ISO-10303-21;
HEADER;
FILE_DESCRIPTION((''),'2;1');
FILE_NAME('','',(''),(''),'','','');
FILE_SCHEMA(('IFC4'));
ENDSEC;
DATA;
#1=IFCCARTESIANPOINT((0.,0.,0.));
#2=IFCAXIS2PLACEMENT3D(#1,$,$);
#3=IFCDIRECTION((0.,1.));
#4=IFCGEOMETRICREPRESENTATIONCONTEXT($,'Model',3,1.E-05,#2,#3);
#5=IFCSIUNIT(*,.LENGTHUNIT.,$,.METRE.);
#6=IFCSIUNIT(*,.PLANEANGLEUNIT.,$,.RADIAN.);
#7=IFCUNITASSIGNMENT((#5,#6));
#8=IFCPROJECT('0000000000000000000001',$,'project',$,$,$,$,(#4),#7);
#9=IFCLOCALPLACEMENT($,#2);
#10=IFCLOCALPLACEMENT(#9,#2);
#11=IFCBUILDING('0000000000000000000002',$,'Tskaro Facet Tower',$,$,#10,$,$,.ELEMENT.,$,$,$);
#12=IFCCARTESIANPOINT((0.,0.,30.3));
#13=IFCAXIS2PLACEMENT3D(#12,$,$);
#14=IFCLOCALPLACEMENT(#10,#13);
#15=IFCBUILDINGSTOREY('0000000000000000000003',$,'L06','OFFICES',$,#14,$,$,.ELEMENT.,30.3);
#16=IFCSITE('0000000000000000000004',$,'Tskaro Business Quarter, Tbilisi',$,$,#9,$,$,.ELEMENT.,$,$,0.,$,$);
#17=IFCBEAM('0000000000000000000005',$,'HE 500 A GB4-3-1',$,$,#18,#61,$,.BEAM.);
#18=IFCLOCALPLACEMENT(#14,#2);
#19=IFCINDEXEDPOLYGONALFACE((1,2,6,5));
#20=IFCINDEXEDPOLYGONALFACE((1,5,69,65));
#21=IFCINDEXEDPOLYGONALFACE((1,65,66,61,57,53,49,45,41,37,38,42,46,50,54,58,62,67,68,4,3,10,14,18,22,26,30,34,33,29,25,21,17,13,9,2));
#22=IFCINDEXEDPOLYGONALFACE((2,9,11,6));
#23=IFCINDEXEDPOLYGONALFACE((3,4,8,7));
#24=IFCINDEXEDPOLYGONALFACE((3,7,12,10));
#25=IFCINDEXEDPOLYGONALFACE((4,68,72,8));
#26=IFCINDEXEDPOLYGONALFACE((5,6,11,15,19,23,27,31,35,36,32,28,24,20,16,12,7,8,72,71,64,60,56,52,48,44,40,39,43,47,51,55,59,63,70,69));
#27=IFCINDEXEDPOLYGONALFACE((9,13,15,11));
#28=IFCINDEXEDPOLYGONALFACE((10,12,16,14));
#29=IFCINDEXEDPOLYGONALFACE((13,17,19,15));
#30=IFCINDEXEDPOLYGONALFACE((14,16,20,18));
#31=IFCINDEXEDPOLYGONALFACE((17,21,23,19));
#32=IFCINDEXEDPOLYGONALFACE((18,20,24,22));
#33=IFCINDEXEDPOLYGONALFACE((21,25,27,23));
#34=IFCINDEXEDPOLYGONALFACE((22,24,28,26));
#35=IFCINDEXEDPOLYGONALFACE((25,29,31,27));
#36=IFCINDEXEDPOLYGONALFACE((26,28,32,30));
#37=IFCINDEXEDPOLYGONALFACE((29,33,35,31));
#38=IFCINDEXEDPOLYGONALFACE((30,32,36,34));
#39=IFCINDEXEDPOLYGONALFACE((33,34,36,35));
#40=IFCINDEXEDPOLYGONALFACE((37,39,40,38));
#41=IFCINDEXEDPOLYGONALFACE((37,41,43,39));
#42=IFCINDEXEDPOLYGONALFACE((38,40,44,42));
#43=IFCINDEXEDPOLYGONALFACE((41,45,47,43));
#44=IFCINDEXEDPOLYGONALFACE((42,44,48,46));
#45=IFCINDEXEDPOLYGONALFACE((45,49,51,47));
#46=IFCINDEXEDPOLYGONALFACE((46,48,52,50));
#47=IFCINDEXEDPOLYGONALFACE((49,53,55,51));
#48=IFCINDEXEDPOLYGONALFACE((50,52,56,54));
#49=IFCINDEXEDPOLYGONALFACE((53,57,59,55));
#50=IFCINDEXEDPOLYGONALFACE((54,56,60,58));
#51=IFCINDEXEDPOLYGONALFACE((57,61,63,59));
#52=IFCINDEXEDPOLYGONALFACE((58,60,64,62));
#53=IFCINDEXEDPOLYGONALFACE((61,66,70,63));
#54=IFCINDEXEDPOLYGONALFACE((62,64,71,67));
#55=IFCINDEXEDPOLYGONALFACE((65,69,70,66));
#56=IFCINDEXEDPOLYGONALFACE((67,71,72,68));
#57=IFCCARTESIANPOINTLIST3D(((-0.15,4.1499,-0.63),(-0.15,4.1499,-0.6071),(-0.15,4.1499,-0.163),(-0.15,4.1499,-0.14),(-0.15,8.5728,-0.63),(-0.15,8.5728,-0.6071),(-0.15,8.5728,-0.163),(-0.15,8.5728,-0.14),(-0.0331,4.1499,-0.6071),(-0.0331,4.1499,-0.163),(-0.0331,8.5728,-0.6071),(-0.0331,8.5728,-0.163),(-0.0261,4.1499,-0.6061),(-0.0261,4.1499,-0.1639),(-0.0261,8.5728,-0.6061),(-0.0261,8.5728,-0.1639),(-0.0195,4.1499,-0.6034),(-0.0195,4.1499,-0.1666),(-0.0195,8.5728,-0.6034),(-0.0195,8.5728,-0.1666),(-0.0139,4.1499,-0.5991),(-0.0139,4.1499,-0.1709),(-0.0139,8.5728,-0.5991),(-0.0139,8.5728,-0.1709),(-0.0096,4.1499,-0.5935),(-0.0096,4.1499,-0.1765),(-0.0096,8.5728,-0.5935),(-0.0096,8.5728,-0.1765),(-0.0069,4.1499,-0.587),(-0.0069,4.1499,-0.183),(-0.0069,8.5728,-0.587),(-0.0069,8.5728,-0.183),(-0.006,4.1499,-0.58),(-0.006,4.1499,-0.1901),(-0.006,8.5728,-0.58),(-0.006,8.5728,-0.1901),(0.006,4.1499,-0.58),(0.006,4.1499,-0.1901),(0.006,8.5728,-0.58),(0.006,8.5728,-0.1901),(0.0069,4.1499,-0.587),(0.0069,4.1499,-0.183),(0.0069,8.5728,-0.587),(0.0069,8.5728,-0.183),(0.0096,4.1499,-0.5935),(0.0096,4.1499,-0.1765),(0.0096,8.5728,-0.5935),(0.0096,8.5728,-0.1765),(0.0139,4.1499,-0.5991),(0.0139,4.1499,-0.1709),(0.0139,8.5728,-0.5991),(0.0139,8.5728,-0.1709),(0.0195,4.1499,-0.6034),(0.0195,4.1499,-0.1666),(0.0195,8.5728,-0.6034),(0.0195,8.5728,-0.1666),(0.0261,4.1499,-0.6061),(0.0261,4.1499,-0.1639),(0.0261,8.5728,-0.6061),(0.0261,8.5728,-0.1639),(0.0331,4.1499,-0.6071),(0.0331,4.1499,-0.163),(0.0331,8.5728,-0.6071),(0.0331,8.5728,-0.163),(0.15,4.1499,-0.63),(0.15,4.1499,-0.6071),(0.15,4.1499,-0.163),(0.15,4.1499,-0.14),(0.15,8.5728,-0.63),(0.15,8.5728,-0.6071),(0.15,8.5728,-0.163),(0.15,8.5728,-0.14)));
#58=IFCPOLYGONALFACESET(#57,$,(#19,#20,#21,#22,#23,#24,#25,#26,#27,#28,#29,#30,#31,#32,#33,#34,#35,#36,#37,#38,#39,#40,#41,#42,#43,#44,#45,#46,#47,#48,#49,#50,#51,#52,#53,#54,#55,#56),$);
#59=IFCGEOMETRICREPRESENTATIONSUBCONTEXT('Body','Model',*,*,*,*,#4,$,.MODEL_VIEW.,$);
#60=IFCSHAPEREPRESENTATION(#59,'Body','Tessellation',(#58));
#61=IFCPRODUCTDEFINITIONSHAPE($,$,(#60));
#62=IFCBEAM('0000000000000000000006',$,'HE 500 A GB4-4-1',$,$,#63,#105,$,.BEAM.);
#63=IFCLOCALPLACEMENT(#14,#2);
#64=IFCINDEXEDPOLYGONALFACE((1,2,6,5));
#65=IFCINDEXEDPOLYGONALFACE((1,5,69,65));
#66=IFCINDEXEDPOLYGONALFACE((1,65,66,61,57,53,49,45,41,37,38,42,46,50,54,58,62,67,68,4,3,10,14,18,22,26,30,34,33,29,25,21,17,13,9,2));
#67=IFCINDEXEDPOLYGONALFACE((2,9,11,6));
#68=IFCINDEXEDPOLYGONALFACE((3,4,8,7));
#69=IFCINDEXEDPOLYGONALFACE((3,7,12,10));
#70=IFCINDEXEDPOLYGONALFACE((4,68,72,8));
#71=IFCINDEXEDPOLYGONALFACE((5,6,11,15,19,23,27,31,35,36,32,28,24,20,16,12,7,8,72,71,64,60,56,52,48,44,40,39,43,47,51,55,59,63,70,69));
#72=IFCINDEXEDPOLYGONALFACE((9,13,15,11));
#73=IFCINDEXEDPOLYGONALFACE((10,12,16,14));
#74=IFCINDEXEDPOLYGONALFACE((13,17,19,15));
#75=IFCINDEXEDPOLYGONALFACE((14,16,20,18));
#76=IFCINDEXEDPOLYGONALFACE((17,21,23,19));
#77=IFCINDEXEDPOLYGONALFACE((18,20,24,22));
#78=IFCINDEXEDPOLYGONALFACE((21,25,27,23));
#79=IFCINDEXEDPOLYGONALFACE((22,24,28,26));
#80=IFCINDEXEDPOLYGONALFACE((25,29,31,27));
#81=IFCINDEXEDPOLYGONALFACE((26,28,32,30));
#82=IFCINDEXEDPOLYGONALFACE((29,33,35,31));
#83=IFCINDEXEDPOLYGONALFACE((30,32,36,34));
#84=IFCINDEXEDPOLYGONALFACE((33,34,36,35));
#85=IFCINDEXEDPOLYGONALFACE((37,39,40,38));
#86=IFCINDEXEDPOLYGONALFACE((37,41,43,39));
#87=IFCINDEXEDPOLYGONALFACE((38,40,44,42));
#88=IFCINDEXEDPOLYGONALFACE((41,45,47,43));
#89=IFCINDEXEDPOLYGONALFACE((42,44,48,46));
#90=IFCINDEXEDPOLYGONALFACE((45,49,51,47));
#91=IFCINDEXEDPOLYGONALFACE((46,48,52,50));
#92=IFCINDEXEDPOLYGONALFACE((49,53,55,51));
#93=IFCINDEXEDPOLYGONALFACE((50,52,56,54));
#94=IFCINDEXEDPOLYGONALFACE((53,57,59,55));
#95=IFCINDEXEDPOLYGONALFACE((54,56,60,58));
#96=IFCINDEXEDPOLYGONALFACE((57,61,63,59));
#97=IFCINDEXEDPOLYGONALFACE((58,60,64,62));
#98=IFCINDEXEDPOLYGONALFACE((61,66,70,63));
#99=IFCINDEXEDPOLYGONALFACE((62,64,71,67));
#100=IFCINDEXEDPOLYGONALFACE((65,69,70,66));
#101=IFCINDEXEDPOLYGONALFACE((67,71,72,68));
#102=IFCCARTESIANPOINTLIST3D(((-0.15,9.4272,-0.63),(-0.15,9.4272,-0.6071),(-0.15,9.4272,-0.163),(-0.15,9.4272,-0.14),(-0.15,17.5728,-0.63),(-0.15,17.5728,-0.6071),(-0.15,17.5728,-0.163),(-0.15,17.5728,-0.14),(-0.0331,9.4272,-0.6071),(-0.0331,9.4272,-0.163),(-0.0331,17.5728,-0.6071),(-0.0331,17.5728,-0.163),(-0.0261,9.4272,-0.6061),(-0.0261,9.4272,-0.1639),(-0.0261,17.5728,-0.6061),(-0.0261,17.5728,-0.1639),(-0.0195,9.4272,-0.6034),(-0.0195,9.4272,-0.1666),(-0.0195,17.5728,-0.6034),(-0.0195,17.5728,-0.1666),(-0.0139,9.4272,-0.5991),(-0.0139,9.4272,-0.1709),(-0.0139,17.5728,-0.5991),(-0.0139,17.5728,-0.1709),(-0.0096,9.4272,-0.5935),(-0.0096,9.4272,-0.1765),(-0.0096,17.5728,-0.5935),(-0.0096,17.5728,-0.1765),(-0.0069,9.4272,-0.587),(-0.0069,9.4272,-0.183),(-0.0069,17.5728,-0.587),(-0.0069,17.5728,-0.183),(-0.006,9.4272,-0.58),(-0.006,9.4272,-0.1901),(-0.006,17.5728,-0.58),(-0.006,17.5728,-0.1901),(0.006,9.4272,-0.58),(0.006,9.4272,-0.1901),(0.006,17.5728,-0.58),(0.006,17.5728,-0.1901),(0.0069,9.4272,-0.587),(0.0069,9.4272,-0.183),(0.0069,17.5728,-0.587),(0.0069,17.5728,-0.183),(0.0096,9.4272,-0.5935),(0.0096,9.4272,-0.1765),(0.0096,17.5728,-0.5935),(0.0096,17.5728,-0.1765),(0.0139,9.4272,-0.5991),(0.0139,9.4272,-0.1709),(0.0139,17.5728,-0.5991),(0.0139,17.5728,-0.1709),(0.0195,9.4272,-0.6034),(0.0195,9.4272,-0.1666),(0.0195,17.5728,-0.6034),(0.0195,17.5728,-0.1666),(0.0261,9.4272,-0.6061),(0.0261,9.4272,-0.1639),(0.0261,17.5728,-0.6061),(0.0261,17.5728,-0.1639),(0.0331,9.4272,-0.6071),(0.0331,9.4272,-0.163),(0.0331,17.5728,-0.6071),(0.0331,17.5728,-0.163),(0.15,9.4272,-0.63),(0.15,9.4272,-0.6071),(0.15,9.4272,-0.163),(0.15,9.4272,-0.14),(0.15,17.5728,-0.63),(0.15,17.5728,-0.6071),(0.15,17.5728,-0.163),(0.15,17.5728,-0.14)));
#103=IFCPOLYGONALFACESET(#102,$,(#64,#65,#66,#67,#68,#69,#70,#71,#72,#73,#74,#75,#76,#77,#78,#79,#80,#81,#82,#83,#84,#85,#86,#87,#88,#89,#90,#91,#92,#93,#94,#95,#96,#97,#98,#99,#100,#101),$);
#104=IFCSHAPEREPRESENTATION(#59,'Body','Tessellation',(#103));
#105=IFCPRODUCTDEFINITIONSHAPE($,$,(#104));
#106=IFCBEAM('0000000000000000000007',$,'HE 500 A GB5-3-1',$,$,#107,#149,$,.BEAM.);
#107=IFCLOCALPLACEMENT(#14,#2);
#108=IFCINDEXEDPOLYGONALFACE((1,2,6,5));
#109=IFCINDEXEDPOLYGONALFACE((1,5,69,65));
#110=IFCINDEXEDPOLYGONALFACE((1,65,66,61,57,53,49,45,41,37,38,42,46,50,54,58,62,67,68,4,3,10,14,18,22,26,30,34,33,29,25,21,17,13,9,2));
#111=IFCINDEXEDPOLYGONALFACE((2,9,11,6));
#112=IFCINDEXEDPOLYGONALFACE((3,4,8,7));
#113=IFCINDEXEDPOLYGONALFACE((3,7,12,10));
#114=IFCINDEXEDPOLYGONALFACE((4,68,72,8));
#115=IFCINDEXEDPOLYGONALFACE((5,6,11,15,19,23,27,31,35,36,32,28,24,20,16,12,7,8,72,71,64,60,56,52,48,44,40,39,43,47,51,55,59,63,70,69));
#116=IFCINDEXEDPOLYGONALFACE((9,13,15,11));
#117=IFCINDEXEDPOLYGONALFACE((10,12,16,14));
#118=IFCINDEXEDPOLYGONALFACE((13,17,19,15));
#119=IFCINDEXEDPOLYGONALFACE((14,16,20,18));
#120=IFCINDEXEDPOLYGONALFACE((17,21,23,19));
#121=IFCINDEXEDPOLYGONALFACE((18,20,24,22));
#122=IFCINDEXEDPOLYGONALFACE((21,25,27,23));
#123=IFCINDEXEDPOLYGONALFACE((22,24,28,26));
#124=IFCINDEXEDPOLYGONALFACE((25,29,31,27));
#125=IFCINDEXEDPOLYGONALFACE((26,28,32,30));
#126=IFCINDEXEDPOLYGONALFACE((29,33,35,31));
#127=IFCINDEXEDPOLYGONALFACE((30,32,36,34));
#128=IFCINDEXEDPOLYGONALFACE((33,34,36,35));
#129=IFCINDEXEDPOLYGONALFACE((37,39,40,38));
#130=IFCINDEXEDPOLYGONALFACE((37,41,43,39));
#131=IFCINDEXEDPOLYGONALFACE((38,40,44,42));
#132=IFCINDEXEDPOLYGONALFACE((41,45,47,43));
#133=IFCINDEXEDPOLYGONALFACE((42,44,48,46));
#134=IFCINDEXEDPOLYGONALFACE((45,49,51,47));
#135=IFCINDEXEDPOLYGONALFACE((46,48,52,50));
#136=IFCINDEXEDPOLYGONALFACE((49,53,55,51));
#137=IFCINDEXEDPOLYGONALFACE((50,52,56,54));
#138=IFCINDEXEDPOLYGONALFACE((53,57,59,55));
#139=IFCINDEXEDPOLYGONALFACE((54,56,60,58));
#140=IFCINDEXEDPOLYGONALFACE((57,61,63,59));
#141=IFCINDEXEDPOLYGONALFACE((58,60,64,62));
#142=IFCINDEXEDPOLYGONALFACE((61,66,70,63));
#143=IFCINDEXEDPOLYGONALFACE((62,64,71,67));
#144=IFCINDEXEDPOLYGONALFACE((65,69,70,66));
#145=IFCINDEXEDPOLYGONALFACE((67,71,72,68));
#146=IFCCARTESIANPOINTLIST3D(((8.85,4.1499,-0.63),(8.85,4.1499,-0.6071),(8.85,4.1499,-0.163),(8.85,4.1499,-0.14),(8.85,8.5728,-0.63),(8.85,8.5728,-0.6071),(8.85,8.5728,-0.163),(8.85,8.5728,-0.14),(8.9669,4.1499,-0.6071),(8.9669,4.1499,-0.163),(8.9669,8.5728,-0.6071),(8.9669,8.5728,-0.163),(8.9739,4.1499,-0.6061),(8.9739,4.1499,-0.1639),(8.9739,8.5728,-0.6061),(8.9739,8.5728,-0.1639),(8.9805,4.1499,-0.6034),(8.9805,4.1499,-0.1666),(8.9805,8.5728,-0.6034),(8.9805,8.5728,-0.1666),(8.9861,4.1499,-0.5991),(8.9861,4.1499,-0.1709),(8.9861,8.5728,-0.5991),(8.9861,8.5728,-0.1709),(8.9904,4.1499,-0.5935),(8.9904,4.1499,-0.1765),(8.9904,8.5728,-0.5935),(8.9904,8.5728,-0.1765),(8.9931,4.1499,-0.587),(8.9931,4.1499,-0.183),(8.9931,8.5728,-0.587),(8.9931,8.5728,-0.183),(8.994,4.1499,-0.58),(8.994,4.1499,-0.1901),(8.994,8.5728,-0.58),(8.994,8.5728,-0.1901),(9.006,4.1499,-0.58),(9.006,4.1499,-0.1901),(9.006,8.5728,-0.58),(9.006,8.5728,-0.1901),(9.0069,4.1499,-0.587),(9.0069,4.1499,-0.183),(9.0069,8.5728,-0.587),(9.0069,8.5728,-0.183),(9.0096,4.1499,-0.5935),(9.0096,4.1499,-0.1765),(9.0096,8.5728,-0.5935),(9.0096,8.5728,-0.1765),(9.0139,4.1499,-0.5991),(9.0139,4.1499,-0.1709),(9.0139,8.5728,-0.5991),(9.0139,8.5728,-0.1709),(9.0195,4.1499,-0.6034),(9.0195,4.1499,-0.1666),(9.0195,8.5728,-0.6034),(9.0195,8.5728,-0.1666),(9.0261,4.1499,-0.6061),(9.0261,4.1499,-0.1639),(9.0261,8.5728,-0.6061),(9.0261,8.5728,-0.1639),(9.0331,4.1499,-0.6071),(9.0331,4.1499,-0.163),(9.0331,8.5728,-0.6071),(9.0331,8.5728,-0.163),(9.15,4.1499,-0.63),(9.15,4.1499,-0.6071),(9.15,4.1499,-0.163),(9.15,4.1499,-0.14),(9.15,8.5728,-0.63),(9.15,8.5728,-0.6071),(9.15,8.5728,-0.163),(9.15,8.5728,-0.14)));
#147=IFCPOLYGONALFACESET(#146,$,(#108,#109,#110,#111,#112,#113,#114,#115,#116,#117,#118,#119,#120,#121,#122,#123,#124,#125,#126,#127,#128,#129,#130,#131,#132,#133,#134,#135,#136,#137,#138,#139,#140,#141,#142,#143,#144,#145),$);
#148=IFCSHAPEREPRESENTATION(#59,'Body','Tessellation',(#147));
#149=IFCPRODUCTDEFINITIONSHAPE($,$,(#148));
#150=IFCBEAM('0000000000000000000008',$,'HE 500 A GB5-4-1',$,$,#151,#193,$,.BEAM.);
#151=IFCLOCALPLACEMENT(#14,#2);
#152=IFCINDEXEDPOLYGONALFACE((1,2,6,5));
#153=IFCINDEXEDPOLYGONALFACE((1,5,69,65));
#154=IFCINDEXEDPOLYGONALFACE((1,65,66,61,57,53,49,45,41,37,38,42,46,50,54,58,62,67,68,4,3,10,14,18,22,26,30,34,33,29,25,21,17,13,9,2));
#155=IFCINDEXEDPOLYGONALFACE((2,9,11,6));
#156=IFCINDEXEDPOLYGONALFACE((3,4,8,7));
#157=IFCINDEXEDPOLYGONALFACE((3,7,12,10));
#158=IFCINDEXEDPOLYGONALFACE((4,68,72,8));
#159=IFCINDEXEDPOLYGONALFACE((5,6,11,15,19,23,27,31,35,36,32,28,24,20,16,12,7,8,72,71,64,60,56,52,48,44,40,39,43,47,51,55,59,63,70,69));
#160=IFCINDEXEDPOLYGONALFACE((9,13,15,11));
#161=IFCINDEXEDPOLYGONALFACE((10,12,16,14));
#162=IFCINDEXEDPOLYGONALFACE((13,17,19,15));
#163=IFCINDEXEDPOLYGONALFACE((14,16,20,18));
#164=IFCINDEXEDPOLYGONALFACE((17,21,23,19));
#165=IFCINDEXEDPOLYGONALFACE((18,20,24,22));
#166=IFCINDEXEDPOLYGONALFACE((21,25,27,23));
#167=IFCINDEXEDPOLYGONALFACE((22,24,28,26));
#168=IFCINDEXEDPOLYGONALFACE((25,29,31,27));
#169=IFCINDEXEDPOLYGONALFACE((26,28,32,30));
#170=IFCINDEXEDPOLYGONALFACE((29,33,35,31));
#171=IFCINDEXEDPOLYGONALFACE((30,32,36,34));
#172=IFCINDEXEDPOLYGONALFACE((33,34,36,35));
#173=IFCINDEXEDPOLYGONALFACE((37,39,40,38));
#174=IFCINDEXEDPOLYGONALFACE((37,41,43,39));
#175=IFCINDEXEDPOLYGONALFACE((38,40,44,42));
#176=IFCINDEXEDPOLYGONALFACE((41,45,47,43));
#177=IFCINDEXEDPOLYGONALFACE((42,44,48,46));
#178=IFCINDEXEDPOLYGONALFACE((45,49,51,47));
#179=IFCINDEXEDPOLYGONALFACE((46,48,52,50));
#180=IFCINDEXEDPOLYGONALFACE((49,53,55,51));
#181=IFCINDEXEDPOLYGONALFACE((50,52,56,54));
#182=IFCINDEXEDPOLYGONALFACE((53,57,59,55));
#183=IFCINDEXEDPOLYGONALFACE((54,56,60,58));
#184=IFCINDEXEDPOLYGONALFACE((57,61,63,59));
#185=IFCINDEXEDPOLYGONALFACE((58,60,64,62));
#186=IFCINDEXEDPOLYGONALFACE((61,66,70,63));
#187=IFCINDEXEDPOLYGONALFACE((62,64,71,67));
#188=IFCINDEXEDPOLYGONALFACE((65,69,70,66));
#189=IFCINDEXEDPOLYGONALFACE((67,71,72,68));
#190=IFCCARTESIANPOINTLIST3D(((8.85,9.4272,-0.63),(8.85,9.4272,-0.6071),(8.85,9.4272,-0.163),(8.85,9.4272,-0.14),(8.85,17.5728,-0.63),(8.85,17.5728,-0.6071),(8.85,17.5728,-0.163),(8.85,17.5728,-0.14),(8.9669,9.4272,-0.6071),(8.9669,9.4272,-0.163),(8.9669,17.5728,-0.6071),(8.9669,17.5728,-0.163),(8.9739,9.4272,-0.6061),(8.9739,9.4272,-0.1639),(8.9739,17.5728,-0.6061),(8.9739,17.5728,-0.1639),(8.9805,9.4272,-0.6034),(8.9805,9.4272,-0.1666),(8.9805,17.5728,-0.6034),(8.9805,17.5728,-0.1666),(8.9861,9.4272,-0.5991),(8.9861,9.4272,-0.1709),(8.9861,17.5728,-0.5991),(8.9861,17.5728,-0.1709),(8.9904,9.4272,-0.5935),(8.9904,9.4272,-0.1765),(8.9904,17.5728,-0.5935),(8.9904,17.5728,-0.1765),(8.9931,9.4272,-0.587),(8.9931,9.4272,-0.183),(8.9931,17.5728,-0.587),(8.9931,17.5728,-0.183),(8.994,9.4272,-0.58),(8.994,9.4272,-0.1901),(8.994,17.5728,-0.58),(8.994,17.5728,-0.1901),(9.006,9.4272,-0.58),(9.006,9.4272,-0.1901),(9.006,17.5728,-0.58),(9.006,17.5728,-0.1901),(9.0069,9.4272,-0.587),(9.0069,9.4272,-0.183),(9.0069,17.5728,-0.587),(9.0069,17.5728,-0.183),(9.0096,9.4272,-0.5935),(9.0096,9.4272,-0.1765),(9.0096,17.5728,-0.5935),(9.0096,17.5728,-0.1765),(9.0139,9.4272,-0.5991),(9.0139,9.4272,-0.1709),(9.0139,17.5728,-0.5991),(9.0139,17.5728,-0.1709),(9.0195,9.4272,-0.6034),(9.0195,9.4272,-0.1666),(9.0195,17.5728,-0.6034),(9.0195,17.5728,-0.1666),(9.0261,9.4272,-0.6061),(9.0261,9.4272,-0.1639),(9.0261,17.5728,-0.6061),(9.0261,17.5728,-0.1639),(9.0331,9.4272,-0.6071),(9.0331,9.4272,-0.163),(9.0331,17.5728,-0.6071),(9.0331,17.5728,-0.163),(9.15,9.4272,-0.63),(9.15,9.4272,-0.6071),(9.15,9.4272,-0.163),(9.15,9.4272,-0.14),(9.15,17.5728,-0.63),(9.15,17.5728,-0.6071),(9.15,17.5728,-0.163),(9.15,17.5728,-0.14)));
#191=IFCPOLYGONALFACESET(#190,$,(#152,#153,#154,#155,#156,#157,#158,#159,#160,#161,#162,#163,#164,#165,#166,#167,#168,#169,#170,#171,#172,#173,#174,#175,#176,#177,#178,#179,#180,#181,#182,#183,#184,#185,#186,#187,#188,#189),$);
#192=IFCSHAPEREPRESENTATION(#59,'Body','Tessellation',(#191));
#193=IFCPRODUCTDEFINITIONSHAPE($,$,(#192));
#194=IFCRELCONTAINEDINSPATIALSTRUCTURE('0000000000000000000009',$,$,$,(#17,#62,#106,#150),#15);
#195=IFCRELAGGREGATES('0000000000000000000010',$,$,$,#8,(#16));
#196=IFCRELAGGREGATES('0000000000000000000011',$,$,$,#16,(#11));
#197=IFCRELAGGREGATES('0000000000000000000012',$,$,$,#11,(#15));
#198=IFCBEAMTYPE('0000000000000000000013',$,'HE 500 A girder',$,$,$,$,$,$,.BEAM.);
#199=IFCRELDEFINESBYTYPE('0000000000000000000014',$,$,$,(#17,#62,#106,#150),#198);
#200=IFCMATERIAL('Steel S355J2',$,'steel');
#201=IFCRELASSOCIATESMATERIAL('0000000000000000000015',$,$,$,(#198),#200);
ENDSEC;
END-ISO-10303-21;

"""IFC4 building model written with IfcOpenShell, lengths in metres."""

from ifc_helpers import new_model, si_unit, direction, frame, origin, origin_2d, place, context, subcontext, project, spatial, i_section, extrude, material, material_profile, profile_set, type_object, element, save


model = new_model("IFC4")

# Units and contexts
model_context = context("Model", 3, precision=1e-05, world=origin(), true_north=direction((0.0, 1.0)))
body_context = subcontext(model_context, "Body", "Model", "MODEL_VIEW")
ifc_project = project(units=[si_unit("LENGTHUNIT", "METRE"), si_unit("PLANEANGLEUNIT", "RADIAN")], contexts=[model_context])

# Site, building, storey
site_placement = place(None, origin())
site = spatial("IfcSite", under=ifc_project, at=site_placement, Name="Tskaro Business Quarter, Tbilisi", CompositionType="ELEMENT", RefElevation=0.0)
building_placement = place(site_placement, origin())
building = spatial("IfcBuilding", under=site, at=building_placement, Name="Tskaro Facet Tower", CompositionType="ELEMENT")
storey_placement = place(building_placement, frame((0.0, 0.0, 30.3)))
storey = spatial("IfcBuildingStorey", under=building, at=storey_placement, Name="L06", Description="OFFICES", CompositionType="ELEMENT", Elevation=30.3)

# Beams
ifc_material_1 = material(Name="Steel S355J2", Category="steel")
ifc_material_profile_1 = material_profile(ifc_material_1, i_section(OverallWidth=0.3, OverallDepth=0.49, WebThickness=0.012, FlangeThickness=0.0229, FilletRadius=0.0271, at=origin_2d()), Name="HE 500 A")
ifc_profile_set_1 = profile_set([ifc_material_profile_1], Name="Steel S355J2")
beam_type_1 = type_object("IfcBeamType", Name="HE 500 A girder", PredefinedType="BEAM", material=ifc_profile_set_1)
beam_1_placement = place(storey_placement, frame((0.0, 4.1499, -0.385), z_axis=(0.0, 1.0, 0.0), x_axis=(-1.0, 0.0, 0.0)))
element("IfcBeam", 1, at=beam_1_placement, inside=storey, type_object=beam_type_1, Name="HE 500 A GB4-3-1", PredefinedType="BEAM", context=body_context, shape_type="SweptSolid", body=[
    extrude(i_section(OverallWidth=0.3, OverallDepth=0.49, WebThickness=0.012, FlangeThickness=0.0229, FilletRadius=0.0271, at=origin_2d()), origin(), (0.0, 0.0, 1.0), 4.4229),
])
beam_2_placement = place(storey_placement, frame((0.0, 9.4272, -0.385), z_axis=(0.0, 1.0, 0.0), x_axis=(-1.0, 0.0, 0.0)))
element("IfcBeam", 2, at=beam_2_placement, inside=storey, type_object=beam_type_1, Name="HE 500 A GB4-4-1", PredefinedType="BEAM", context=body_context, shape_type="SweptSolid", body=[
    extrude(i_section(OverallWidth=0.3, OverallDepth=0.49, WebThickness=0.012, FlangeThickness=0.0229, FilletRadius=0.0271, at=origin_2d()), origin(), (0.0, 0.0, 1.0), 8.1455),
])
beam_3_placement = place(storey_placement, frame((9.0, 4.1499, -0.385), z_axis=(0.0, 1.0, 0.0), x_axis=(-1.0, 0.0, 0.0)))
element("IfcBeam", 3, at=beam_3_placement, inside=storey, type_object=beam_type_1, Name="HE 500 A GB5-3-1", PredefinedType="BEAM", context=body_context, shape_type="SweptSolid", body=[
    extrude(i_section(OverallWidth=0.3, OverallDepth=0.49, WebThickness=0.012, FlangeThickness=0.0229, FilletRadius=0.0271, at=origin_2d()), origin(), (0.0, 0.0, 1.0), 4.4229),
])
beam_4_placement = place(storey_placement, frame((9.0, 9.4272, -0.385), z_axis=(0.0, 1.0, 0.0), x_axis=(-1.0, 0.0, 0.0)))
element("IfcBeam", 4, at=beam_4_placement, inside=storey, type_object=beam_type_1, Name="HE 500 A GB5-4-1", PredefinedType="BEAM", context=body_context, shape_type="SweptSolid", body=[
    extrude(i_section(OverallWidth=0.3, OverallDepth=0.49, WebThickness=0.012, FlangeThickness=0.0229, FilletRadius=0.0271, at=origin_2d()), origin(), (0.0, 0.0, 1.0), 8.1455),
])

save(model, "model.ifc")
